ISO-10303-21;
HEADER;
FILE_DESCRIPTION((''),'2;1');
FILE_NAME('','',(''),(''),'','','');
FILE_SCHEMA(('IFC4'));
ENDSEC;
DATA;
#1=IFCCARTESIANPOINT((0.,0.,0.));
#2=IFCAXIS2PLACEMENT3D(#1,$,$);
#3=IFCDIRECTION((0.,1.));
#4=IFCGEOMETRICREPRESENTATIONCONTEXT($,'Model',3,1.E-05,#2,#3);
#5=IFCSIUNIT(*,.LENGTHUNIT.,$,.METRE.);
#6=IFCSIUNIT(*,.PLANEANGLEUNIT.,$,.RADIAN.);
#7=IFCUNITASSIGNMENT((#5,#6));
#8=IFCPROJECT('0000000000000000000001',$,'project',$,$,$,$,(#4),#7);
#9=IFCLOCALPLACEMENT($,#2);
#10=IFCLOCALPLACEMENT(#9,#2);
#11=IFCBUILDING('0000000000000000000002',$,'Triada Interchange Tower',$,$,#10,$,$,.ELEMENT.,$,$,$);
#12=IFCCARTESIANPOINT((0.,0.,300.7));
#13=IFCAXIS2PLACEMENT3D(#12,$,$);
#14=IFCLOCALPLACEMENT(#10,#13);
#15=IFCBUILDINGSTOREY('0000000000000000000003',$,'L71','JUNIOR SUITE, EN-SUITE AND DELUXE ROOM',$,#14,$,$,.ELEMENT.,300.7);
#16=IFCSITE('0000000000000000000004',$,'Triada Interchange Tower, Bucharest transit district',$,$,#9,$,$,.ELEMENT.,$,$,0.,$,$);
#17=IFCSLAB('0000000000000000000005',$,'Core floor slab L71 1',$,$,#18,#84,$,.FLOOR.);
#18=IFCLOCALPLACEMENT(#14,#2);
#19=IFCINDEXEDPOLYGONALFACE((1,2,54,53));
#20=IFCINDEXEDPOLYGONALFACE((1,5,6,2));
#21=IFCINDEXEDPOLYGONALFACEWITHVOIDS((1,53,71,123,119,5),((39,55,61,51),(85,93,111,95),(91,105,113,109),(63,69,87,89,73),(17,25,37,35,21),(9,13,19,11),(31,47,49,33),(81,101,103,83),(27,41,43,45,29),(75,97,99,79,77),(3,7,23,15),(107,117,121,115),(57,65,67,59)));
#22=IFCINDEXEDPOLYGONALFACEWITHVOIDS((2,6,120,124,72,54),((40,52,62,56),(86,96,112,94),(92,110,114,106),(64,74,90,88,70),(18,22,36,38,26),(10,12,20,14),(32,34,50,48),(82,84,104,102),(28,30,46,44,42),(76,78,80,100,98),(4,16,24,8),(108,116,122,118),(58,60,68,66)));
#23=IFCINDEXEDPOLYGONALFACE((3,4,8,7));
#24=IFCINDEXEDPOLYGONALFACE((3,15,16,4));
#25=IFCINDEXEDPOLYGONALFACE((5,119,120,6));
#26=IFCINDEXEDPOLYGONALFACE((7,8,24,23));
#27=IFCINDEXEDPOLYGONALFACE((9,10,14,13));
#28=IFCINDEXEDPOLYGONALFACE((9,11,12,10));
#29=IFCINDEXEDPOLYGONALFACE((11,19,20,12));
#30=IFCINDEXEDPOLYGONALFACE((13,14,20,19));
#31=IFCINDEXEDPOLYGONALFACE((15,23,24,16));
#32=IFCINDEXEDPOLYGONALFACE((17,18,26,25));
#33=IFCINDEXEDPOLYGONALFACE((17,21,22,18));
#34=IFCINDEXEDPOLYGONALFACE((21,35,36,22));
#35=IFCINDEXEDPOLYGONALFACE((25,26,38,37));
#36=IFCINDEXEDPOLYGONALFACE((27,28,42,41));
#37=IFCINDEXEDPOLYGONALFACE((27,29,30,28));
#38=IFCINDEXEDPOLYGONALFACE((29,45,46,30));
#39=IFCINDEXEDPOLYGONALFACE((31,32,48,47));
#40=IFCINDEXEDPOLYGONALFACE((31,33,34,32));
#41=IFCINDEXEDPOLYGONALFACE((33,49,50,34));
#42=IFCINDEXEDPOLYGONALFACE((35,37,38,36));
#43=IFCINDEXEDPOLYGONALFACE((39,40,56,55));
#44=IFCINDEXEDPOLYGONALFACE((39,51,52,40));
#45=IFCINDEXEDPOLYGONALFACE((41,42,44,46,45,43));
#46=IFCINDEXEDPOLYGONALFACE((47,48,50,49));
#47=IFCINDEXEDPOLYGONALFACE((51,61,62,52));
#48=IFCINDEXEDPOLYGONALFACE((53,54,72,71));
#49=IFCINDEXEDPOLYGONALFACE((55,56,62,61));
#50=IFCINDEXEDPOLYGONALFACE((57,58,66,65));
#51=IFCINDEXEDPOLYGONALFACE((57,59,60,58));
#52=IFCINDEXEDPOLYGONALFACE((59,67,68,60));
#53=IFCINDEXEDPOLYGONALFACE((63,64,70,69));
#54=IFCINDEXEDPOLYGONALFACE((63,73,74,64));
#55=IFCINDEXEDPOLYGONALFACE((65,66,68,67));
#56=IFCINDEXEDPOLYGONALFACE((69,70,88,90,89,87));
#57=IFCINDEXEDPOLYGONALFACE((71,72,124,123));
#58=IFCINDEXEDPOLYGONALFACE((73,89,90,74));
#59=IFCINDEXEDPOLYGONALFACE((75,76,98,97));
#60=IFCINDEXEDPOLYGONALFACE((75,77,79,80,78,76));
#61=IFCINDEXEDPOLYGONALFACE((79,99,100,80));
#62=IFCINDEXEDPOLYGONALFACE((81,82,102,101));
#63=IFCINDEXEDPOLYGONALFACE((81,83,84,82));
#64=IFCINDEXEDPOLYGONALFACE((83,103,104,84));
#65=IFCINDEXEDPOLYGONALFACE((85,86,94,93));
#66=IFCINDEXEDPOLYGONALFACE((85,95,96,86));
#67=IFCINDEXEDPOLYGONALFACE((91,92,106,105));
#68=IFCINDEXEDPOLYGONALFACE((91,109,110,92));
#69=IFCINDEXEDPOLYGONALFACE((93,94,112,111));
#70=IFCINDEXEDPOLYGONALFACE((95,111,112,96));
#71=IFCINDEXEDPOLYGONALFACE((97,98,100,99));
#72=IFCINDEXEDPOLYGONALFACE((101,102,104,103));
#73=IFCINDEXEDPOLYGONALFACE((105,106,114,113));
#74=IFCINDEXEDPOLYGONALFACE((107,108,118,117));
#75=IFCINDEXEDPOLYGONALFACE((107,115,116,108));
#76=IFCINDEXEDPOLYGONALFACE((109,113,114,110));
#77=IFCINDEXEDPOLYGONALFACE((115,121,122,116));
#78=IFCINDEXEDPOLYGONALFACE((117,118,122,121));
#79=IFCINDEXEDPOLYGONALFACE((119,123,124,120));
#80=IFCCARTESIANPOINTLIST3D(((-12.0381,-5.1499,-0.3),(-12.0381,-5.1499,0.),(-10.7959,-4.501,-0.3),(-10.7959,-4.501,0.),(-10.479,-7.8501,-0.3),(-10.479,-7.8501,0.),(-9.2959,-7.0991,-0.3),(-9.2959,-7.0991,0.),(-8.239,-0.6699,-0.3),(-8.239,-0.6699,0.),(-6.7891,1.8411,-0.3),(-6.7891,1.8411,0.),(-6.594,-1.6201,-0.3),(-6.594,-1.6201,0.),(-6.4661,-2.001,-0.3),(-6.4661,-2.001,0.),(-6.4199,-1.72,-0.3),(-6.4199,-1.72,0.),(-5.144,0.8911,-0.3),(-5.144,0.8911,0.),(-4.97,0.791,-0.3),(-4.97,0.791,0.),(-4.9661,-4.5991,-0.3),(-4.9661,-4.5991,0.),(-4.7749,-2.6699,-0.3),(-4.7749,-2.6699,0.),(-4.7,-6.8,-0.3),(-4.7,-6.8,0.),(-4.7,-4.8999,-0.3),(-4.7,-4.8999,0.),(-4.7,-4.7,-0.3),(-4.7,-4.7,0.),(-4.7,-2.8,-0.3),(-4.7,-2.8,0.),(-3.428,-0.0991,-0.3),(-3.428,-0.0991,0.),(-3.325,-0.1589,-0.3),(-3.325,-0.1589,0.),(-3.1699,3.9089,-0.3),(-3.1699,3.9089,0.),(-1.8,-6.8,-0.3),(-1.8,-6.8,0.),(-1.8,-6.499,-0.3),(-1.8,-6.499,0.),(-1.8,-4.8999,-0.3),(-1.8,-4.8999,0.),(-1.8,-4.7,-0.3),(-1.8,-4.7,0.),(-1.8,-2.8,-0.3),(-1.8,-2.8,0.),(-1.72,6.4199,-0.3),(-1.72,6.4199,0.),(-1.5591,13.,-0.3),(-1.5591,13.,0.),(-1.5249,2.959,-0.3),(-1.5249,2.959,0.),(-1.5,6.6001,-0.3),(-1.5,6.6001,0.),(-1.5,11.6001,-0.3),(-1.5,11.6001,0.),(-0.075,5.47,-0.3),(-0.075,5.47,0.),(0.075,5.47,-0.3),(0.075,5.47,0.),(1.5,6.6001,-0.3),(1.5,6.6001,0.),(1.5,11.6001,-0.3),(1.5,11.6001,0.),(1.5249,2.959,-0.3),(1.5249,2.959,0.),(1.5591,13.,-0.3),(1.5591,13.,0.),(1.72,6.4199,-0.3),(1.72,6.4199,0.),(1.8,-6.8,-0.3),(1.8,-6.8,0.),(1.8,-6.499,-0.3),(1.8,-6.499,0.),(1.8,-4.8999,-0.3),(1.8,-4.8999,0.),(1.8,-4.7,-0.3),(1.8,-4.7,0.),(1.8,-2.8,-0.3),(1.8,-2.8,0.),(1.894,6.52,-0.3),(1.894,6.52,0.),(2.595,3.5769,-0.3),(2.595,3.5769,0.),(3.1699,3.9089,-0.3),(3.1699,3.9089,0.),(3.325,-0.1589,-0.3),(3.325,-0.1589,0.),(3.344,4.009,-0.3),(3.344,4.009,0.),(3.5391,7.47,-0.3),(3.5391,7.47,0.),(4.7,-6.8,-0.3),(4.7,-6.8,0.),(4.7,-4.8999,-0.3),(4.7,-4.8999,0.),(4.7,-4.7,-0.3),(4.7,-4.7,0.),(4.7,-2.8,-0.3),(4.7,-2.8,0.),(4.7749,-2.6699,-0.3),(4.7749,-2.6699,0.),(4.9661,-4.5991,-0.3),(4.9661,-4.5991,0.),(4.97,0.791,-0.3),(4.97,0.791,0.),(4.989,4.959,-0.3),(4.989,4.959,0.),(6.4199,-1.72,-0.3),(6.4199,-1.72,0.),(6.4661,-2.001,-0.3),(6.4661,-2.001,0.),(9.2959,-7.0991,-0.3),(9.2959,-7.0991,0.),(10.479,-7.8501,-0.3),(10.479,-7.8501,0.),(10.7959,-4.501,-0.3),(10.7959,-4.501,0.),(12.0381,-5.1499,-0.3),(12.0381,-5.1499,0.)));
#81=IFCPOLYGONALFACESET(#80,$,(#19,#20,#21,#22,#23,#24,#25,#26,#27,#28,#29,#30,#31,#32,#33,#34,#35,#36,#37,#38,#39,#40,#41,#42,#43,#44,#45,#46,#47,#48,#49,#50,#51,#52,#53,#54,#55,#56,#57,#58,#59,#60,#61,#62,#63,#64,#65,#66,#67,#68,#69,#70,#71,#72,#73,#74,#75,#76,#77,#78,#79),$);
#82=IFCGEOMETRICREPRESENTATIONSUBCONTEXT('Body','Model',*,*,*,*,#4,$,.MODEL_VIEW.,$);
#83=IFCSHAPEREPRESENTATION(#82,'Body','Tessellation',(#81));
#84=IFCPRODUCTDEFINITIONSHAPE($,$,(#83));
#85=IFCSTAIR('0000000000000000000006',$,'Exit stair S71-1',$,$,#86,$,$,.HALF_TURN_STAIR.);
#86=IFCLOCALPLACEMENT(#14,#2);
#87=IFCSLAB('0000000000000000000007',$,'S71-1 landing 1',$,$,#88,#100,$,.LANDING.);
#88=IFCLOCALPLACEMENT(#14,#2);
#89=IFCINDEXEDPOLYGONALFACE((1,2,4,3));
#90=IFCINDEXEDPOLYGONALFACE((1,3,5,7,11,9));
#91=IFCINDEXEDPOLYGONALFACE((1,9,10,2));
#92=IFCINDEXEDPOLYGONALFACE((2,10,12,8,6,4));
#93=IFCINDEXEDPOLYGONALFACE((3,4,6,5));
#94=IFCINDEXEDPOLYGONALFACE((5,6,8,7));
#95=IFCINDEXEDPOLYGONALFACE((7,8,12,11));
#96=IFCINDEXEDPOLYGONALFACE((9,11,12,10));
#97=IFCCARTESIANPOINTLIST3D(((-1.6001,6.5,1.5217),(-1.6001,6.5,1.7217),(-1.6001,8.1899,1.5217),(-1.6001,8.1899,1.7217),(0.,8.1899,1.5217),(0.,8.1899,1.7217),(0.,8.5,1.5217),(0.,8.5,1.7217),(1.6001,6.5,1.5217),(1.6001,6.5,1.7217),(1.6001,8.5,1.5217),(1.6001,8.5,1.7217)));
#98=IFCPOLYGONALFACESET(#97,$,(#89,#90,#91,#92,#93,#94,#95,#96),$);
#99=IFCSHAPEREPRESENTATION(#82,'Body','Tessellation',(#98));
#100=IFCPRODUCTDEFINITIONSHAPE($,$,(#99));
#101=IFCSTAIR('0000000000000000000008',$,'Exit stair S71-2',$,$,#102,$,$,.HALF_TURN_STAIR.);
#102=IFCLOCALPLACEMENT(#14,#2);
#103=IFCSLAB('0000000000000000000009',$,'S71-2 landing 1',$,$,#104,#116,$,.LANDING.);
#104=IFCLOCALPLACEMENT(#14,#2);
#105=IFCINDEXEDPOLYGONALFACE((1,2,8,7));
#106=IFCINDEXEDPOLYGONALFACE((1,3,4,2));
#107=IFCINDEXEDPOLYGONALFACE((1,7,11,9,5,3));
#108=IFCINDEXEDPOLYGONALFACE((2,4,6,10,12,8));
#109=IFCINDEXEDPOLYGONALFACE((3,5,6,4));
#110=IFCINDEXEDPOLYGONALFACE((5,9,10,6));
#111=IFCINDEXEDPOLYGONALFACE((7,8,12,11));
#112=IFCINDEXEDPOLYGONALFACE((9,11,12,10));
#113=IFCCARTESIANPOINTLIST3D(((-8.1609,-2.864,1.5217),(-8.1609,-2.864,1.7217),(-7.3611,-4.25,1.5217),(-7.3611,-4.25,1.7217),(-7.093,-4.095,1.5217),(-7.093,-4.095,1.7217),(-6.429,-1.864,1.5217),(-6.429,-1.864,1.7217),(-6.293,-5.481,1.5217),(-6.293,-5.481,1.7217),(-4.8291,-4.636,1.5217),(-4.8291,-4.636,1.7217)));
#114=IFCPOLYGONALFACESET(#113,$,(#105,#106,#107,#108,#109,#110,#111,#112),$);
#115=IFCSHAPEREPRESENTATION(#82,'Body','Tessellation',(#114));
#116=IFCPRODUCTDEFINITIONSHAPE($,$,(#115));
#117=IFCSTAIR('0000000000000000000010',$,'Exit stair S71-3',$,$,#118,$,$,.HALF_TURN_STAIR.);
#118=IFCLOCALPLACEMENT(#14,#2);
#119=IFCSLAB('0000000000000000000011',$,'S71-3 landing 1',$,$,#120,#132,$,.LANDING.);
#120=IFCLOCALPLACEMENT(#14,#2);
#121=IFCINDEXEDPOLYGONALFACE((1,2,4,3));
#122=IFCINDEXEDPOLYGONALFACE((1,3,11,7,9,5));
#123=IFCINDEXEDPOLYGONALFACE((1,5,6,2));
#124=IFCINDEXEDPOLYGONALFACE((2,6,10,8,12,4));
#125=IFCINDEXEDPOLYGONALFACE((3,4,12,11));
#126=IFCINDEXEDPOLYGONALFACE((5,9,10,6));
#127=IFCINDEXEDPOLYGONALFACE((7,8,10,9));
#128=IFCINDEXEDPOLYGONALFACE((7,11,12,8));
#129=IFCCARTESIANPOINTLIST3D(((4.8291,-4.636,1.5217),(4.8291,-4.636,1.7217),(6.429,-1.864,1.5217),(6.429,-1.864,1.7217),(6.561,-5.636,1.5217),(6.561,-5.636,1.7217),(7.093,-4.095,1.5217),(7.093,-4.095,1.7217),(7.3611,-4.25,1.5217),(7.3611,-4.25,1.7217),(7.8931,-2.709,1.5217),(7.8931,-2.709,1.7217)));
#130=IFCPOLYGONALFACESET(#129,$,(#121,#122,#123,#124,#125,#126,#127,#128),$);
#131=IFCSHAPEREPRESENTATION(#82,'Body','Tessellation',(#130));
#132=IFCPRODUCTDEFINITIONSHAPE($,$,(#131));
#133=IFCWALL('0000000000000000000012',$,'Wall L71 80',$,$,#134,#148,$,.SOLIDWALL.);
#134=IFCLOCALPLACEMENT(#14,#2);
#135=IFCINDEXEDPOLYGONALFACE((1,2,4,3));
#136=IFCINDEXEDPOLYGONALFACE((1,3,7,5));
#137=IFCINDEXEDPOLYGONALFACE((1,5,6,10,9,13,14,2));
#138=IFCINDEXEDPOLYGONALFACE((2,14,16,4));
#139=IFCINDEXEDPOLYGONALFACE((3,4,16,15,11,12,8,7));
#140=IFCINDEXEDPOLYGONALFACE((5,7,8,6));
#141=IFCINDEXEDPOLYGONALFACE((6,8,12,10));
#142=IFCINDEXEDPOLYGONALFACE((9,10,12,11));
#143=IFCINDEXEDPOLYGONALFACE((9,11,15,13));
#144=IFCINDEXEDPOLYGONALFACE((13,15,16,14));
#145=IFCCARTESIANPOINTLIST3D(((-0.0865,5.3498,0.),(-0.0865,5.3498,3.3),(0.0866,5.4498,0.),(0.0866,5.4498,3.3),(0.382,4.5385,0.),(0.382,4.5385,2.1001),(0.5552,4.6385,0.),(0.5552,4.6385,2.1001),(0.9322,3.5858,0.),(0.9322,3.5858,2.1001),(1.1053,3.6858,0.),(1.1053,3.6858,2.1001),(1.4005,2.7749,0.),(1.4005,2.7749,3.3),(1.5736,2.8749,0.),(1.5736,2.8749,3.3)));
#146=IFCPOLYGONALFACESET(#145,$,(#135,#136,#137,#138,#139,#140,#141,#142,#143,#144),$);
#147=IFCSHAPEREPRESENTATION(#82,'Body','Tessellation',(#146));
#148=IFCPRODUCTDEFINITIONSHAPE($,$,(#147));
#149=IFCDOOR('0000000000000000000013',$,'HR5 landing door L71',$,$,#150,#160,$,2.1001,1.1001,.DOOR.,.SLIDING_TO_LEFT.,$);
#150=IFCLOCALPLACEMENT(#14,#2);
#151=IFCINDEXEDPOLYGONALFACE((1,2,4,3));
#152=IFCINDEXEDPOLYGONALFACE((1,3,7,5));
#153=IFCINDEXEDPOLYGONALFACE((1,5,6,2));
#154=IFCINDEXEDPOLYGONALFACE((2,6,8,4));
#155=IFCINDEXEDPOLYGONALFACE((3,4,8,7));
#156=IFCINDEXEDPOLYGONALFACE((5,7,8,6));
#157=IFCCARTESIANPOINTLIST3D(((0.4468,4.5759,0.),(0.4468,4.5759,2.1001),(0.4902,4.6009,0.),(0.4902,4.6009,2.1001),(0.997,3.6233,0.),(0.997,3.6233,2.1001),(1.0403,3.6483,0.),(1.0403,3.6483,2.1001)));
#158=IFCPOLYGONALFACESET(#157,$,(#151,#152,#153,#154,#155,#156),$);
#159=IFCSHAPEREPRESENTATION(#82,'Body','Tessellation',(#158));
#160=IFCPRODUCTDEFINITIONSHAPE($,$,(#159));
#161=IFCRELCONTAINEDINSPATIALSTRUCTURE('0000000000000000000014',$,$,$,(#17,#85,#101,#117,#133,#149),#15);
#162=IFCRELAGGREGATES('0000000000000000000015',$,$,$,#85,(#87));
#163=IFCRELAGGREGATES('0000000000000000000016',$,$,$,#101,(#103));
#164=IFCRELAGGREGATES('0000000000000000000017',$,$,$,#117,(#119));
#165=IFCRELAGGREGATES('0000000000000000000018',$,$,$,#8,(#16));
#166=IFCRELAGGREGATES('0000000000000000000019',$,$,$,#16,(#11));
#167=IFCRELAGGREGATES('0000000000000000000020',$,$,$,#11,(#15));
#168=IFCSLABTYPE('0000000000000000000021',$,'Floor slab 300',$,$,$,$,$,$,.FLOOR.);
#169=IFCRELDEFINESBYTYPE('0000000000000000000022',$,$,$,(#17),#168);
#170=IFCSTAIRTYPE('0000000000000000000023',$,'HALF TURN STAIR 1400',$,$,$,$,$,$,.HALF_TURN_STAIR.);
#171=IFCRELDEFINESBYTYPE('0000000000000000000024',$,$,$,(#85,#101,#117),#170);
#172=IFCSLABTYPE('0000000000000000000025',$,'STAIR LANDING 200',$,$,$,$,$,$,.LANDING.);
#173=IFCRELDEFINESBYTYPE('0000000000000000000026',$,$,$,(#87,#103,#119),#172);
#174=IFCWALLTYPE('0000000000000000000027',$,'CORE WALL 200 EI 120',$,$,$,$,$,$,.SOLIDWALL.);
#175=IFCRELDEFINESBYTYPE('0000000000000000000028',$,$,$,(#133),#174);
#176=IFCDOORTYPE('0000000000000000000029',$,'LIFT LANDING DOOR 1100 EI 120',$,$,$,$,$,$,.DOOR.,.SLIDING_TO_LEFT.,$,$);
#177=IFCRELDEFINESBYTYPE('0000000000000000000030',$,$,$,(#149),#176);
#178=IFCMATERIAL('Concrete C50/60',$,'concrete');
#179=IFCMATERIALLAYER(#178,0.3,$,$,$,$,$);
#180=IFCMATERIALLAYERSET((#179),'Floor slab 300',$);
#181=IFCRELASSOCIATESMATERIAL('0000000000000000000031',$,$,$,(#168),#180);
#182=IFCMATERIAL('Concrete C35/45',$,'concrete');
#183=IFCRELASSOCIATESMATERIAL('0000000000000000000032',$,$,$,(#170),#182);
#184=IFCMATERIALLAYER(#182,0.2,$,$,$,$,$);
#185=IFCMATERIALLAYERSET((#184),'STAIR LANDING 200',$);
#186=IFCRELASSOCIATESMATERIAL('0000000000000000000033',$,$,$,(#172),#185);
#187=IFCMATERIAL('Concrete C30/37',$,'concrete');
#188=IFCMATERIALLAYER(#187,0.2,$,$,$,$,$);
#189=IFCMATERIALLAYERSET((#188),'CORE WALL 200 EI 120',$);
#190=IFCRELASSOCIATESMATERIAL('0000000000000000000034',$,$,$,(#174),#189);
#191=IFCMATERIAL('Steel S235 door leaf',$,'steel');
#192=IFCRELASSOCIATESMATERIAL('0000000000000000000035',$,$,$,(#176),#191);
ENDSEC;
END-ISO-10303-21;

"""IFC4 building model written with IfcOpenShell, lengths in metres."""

from ifc_helpers import new_model, si_unit, direction, frame, frame_2d, origin, place, context, subcontext, project, spatial, polyline, rectangle, outline, extrude, material, layer, layer_set, type_object, element, fill, aggregate, save


model = new_model("IFC4")

# Units and contexts
model_context = context("Model", 3, precision=1e-05, world=origin(), true_north=direction((0.0, 1.0)))
body_context = subcontext(model_context, "Body", "Model", "MODEL_VIEW")
ifc_project = project(units=[si_unit("LENGTHUNIT", "METRE"), si_unit("PLANEANGLEUNIT", "RADIAN")], contexts=[model_context])

# Site, building, storey
site_placement = place(None, origin())
site = spatial("IfcSite", under=ifc_project, at=site_placement, Name="Triada Interchange Tower, Bucharest transit district", CompositionType="ELEMENT", RefElevation=0.0)
building_placement = place(site_placement, origin())
building = spatial("IfcBuilding", under=site, at=building_placement, Name="Triada Interchange Tower", CompositionType="ELEMENT")
storey_placement = place(building_placement, frame((0.0, 0.0, 300.7)))
storey = spatial("IfcBuildingStorey", under=building, at=storey_placement, Name="L71", Description="JUNIOR SUITE, EN-SUITE AND DELUXE ROOM", CompositionType="ELEMENT", Elevation=300.7)

# Slab
ifc_material_1 = material(Name="Concrete C50/60", Category="concrete")
ifc_layer_1 = layer(ifc_material_1, 0.3)
ifc_layer_set_1 = layer_set([ifc_layer_1], Name="Floor slab 300")
slab_type_1 = type_object("IfcSlabType", Name="Floor slab 300", PredefinedType="FLOOR", material=ifc_layer_set_1)
slab_1_placement = place(storey_placement, frame((0.0, 0.0, -0.3)))
element("IfcSlab", 1, at=slab_1_placement, inside=storey, type_object=slab_type_1, Name="Core floor slab L71 1", PredefinedType="FLOOR", context=body_context, shape_type="SweptSolid", body=[
    extrude(outline(polyline([(12.0381, -5.1499), (10.479, -7.8501), (-10.479, -7.8501), (-12.0381, -5.1499), (-1.5591, 13.0), (1.5591, 13.0), (12.0381, -5.1499)]), holes=[polyline([(9.2959, -7.0991), (10.7959, -4.501), (6.4661, -2.001), (4.9661, -4.5991), (9.2959, -7.0991)]), polyline([(4.97, 0.791), (3.325, -0.1589), (4.7749, -2.6699), (6.4199, -1.72), (4.97, 0.791)]), polyline([(1.894, 6.52), (3.344, 4.009), (4.989, 4.959), (3.5391, 7.47), (1.894, 6.52)]), polyline([(1.8, -4.8999), (1.8, -6.499), (1.8, -6.8), (4.7, -6.8), (4.7, -4.8999), (1.8, -4.8999)]), polyline([(4.7, -2.8), (1.8, -2.8), (1.8, -4.7), (4.7, -4.7), (4.7, -2.8)]), polyline([(1.5249, 2.959), (2.595, 3.5769), (3.1699, 3.9089), (1.72, 6.4199), (0.075, 5.47), (1.5249, 2.959)]), polyline([(-1.5, 11.6001), (-1.5, 6.6001), (1.5, 6.6001), (1.5, 11.6001), (-1.5, 11.6001)]), polyline([(-1.5249, 2.959), (-0.075, 5.47), (-1.72, 6.4199), (-3.1699, 3.9089), (-1.5249, 2.959)]), polyline([(-1.8, -2.8), (-4.7, -2.8), (-4.7, -4.7), (-1.8, -4.7), (-1.8, -2.8)]), polyline([(-4.7, -6.8), (-1.8, -6.8), (-1.8, -6.499), (-1.8, -4.8999), (-4.7, -4.8999), (-4.7, -6.8)]), polyline([(-3.428, -0.0991), (-4.97, 0.791), (-6.4199, -1.72), (-4.7749, -2.6699), (-3.325, -0.1589), (-3.428, -0.0991)]), polyline([(-10.7959, -4.501), (-9.2959, -7.0991), (-4.9661, -4.5991), (-6.4661, -2.001), (-10.7959, -4.501)]), polyline([(-6.594, -1.6201), (-5.144, 0.8911), (-6.7891, 1.8411), (-8.239, -0.6699), (-6.594, -1.6201)])]), origin(), (0.0, 0.0, 1.0), 0.3),
])

# Stairs, slabs
ifc_material_2 = material(Name="Concrete C35/45", Category="concrete")
stair_type = type_object("IfcStairType", Name="HALF TURN STAIR 1400", PredefinedType="HALF_TURN_STAIR", material=ifc_material_2)
stair_1_placement = place(storey_placement, origin())
stair_1 = element("IfcStair", 2, at=stair_1_placement, inside=storey, type_object=stair_type, Name="Exit stair S71-1", PredefinedType="HALF_TURN_STAIR")
ifc_layer_2 = layer(ifc_material_2, 0.2)
ifc_layer_set_2 = layer_set([ifc_layer_2], Name="STAIR LANDING 200")
slab_type_2 = type_object("IfcSlabType", Name="STAIR LANDING 200", PredefinedType="LANDING", material=ifc_layer_set_2)
slab_2_placement = place(storey_placement, frame((0.0, 0.0, 1.5217)))
slab_2 = element("IfcSlab", 3, at=slab_2_placement, type_object=slab_type_2, Name="S71-1 landing 1", PredefinedType="LANDING", context=body_context, shape_type="SweptSolid", body=[
    extrude(outline(polyline([(1.6001, 6.5), (1.6001, 8.5), (0.0, 8.5), (0.0, 8.1899), (-1.6001, 8.1899), (-1.6001, 6.5), (1.6001, 6.5)])), origin(), (0.0, 0.0, 1.0), 0.2),
])
aggregate(stair_1, [slab_2])
stair_2_placement = place(storey_placement, origin())
stair_2 = element("IfcStair", 4, at=stair_2_placement, inside=storey, type_object=stair_type, Name="Exit stair S71-2", PredefinedType="HALF_TURN_STAIR")
slab_3_placement = place(storey_placement, frame((0.0, 0.0, 1.5217)))
slab_3 = element("IfcSlab", 5, at=slab_3_placement, type_object=slab_type_2, Name="S71-2 landing 1", PredefinedType="LANDING", context=body_context, shape_type="SweptSolid", body=[
    extrude(outline(polyline([(-6.429, -1.864), (-8.1609, -2.864), (-7.3611, -4.25), (-7.093, -4.095), (-6.293, -5.481), (-4.8291, -4.636), (-6.429, -1.864)])), origin(), (0.0, 0.0, 1.0), 0.2),
])
aggregate(stair_2, [slab_3])
stair_3_placement = place(storey_placement, origin())
stair_3 = element("IfcStair", 6, at=stair_3_placement, inside=storey, type_object=stair_type, Name="Exit stair S71-3", PredefinedType="HALF_TURN_STAIR")
slab_4_placement = place(storey_placement, frame((0.0, 0.0, 1.5217)))
slab_4 = element("IfcSlab", 7, at=slab_4_placement, type_object=slab_type_2, Name="S71-3 landing 1", PredefinedType="LANDING", context=body_context, shape_type="SweptSolid", body=[
    extrude(outline(polyline([(4.8291, -4.636), (6.561, -5.636), (7.3611, -4.25), (7.093, -4.095), (7.8931, -2.709), (6.429, -1.864), (4.8291, -4.636)])), origin(), (0.0, 0.0, 1.0), 0.2),
])
aggregate(stair_3, [slab_4])

# Wall, opening, door
ifc_material_3 = material(Name="Concrete C30/37", Category="concrete")
ifc_layer_3 = layer(ifc_material_3, 0.2)
ifc_layer_set_3 = layer_set([ifc_layer_3], Name="CORE WALL 200 EI 120")
wall_type_1 = type_object("IfcWallType", Name="CORE WALL 200 EI 120", PredefinedType="SOLIDWALL", material=ifc_layer_set_3)
wall_1_placement = place(storey_placement, frame((0.0, 5.3999, 0.0), z_axis=(0.0, 0.0, 1.0), x_axis=(0.500104, -0.865965, 0.0)))
wall_1 = element("IfcWall", 8, at=wall_1_placement, inside=storey, type_object=wall_type_1, Name="Wall L71 80", PredefinedType="SOLIDWALL", context=body_context, shape_type="SweptSolid", body=[
    extrude(rectangle(XDim=2.9734, YDim=0.2, at=frame_2d((1.4868, 0.0))), origin(), (0.0, 0.0, 1.0), 3.3),
])
opening_1_placement = place(wall_1_placement, frame((0.937, 0.0, 0.0)))
opening_1 = element("IfcOpeningElement", 9, at=opening_1_placement, cuts=wall_1, PredefinedType="OPENING", context=body_context, shape_type="SweptSolid", body=[
    extrude(rectangle(XDim=1.1001, YDim=2.1001, at=frame_2d((0.55, 1.05))), frame((0.0, 0.1099, 0.0), z_axis=(0.0, -1.0, 0.0), x_axis=(1.0, 0.0, 0.0)), (0.0, 0.0, 1.0), 0.22),
])
ifc_material_4 = material(Name="Steel S235 door leaf", Category="steel")
door_type = type_object("IfcDoorType", Name="LIFT LANDING DOOR 1100 EI 120", OperationType="SLIDING_TO_LEFT", PredefinedType="DOOR", material=ifc_material_4)
door_1_placement = place(opening_1_placement, origin())
door_1 = element("IfcDoor", 10, at=door_1_placement, inside=storey, type_object=door_type, Name="HR5 landing door L71", OperationType="SLIDING_TO_LEFT", OverallHeight=2.1001, OverallWidth=1.1001, PredefinedType="DOOR", context=body_context, shape_type="SweptSolid", body=[
    extrude(rectangle(XDim=1.1001, YDim=2.1001, at=frame_2d((0.55, 1.05))), frame((0.0, 0.0249, 0.0), z_axis=(0.0, -1.0, 0.0), x_axis=(1.0, 0.0, 0.0)), (0.0, 0.0, 1.0), 0.05),
])
fill(opening_1, door_1)

save(model, "model.ifc")
